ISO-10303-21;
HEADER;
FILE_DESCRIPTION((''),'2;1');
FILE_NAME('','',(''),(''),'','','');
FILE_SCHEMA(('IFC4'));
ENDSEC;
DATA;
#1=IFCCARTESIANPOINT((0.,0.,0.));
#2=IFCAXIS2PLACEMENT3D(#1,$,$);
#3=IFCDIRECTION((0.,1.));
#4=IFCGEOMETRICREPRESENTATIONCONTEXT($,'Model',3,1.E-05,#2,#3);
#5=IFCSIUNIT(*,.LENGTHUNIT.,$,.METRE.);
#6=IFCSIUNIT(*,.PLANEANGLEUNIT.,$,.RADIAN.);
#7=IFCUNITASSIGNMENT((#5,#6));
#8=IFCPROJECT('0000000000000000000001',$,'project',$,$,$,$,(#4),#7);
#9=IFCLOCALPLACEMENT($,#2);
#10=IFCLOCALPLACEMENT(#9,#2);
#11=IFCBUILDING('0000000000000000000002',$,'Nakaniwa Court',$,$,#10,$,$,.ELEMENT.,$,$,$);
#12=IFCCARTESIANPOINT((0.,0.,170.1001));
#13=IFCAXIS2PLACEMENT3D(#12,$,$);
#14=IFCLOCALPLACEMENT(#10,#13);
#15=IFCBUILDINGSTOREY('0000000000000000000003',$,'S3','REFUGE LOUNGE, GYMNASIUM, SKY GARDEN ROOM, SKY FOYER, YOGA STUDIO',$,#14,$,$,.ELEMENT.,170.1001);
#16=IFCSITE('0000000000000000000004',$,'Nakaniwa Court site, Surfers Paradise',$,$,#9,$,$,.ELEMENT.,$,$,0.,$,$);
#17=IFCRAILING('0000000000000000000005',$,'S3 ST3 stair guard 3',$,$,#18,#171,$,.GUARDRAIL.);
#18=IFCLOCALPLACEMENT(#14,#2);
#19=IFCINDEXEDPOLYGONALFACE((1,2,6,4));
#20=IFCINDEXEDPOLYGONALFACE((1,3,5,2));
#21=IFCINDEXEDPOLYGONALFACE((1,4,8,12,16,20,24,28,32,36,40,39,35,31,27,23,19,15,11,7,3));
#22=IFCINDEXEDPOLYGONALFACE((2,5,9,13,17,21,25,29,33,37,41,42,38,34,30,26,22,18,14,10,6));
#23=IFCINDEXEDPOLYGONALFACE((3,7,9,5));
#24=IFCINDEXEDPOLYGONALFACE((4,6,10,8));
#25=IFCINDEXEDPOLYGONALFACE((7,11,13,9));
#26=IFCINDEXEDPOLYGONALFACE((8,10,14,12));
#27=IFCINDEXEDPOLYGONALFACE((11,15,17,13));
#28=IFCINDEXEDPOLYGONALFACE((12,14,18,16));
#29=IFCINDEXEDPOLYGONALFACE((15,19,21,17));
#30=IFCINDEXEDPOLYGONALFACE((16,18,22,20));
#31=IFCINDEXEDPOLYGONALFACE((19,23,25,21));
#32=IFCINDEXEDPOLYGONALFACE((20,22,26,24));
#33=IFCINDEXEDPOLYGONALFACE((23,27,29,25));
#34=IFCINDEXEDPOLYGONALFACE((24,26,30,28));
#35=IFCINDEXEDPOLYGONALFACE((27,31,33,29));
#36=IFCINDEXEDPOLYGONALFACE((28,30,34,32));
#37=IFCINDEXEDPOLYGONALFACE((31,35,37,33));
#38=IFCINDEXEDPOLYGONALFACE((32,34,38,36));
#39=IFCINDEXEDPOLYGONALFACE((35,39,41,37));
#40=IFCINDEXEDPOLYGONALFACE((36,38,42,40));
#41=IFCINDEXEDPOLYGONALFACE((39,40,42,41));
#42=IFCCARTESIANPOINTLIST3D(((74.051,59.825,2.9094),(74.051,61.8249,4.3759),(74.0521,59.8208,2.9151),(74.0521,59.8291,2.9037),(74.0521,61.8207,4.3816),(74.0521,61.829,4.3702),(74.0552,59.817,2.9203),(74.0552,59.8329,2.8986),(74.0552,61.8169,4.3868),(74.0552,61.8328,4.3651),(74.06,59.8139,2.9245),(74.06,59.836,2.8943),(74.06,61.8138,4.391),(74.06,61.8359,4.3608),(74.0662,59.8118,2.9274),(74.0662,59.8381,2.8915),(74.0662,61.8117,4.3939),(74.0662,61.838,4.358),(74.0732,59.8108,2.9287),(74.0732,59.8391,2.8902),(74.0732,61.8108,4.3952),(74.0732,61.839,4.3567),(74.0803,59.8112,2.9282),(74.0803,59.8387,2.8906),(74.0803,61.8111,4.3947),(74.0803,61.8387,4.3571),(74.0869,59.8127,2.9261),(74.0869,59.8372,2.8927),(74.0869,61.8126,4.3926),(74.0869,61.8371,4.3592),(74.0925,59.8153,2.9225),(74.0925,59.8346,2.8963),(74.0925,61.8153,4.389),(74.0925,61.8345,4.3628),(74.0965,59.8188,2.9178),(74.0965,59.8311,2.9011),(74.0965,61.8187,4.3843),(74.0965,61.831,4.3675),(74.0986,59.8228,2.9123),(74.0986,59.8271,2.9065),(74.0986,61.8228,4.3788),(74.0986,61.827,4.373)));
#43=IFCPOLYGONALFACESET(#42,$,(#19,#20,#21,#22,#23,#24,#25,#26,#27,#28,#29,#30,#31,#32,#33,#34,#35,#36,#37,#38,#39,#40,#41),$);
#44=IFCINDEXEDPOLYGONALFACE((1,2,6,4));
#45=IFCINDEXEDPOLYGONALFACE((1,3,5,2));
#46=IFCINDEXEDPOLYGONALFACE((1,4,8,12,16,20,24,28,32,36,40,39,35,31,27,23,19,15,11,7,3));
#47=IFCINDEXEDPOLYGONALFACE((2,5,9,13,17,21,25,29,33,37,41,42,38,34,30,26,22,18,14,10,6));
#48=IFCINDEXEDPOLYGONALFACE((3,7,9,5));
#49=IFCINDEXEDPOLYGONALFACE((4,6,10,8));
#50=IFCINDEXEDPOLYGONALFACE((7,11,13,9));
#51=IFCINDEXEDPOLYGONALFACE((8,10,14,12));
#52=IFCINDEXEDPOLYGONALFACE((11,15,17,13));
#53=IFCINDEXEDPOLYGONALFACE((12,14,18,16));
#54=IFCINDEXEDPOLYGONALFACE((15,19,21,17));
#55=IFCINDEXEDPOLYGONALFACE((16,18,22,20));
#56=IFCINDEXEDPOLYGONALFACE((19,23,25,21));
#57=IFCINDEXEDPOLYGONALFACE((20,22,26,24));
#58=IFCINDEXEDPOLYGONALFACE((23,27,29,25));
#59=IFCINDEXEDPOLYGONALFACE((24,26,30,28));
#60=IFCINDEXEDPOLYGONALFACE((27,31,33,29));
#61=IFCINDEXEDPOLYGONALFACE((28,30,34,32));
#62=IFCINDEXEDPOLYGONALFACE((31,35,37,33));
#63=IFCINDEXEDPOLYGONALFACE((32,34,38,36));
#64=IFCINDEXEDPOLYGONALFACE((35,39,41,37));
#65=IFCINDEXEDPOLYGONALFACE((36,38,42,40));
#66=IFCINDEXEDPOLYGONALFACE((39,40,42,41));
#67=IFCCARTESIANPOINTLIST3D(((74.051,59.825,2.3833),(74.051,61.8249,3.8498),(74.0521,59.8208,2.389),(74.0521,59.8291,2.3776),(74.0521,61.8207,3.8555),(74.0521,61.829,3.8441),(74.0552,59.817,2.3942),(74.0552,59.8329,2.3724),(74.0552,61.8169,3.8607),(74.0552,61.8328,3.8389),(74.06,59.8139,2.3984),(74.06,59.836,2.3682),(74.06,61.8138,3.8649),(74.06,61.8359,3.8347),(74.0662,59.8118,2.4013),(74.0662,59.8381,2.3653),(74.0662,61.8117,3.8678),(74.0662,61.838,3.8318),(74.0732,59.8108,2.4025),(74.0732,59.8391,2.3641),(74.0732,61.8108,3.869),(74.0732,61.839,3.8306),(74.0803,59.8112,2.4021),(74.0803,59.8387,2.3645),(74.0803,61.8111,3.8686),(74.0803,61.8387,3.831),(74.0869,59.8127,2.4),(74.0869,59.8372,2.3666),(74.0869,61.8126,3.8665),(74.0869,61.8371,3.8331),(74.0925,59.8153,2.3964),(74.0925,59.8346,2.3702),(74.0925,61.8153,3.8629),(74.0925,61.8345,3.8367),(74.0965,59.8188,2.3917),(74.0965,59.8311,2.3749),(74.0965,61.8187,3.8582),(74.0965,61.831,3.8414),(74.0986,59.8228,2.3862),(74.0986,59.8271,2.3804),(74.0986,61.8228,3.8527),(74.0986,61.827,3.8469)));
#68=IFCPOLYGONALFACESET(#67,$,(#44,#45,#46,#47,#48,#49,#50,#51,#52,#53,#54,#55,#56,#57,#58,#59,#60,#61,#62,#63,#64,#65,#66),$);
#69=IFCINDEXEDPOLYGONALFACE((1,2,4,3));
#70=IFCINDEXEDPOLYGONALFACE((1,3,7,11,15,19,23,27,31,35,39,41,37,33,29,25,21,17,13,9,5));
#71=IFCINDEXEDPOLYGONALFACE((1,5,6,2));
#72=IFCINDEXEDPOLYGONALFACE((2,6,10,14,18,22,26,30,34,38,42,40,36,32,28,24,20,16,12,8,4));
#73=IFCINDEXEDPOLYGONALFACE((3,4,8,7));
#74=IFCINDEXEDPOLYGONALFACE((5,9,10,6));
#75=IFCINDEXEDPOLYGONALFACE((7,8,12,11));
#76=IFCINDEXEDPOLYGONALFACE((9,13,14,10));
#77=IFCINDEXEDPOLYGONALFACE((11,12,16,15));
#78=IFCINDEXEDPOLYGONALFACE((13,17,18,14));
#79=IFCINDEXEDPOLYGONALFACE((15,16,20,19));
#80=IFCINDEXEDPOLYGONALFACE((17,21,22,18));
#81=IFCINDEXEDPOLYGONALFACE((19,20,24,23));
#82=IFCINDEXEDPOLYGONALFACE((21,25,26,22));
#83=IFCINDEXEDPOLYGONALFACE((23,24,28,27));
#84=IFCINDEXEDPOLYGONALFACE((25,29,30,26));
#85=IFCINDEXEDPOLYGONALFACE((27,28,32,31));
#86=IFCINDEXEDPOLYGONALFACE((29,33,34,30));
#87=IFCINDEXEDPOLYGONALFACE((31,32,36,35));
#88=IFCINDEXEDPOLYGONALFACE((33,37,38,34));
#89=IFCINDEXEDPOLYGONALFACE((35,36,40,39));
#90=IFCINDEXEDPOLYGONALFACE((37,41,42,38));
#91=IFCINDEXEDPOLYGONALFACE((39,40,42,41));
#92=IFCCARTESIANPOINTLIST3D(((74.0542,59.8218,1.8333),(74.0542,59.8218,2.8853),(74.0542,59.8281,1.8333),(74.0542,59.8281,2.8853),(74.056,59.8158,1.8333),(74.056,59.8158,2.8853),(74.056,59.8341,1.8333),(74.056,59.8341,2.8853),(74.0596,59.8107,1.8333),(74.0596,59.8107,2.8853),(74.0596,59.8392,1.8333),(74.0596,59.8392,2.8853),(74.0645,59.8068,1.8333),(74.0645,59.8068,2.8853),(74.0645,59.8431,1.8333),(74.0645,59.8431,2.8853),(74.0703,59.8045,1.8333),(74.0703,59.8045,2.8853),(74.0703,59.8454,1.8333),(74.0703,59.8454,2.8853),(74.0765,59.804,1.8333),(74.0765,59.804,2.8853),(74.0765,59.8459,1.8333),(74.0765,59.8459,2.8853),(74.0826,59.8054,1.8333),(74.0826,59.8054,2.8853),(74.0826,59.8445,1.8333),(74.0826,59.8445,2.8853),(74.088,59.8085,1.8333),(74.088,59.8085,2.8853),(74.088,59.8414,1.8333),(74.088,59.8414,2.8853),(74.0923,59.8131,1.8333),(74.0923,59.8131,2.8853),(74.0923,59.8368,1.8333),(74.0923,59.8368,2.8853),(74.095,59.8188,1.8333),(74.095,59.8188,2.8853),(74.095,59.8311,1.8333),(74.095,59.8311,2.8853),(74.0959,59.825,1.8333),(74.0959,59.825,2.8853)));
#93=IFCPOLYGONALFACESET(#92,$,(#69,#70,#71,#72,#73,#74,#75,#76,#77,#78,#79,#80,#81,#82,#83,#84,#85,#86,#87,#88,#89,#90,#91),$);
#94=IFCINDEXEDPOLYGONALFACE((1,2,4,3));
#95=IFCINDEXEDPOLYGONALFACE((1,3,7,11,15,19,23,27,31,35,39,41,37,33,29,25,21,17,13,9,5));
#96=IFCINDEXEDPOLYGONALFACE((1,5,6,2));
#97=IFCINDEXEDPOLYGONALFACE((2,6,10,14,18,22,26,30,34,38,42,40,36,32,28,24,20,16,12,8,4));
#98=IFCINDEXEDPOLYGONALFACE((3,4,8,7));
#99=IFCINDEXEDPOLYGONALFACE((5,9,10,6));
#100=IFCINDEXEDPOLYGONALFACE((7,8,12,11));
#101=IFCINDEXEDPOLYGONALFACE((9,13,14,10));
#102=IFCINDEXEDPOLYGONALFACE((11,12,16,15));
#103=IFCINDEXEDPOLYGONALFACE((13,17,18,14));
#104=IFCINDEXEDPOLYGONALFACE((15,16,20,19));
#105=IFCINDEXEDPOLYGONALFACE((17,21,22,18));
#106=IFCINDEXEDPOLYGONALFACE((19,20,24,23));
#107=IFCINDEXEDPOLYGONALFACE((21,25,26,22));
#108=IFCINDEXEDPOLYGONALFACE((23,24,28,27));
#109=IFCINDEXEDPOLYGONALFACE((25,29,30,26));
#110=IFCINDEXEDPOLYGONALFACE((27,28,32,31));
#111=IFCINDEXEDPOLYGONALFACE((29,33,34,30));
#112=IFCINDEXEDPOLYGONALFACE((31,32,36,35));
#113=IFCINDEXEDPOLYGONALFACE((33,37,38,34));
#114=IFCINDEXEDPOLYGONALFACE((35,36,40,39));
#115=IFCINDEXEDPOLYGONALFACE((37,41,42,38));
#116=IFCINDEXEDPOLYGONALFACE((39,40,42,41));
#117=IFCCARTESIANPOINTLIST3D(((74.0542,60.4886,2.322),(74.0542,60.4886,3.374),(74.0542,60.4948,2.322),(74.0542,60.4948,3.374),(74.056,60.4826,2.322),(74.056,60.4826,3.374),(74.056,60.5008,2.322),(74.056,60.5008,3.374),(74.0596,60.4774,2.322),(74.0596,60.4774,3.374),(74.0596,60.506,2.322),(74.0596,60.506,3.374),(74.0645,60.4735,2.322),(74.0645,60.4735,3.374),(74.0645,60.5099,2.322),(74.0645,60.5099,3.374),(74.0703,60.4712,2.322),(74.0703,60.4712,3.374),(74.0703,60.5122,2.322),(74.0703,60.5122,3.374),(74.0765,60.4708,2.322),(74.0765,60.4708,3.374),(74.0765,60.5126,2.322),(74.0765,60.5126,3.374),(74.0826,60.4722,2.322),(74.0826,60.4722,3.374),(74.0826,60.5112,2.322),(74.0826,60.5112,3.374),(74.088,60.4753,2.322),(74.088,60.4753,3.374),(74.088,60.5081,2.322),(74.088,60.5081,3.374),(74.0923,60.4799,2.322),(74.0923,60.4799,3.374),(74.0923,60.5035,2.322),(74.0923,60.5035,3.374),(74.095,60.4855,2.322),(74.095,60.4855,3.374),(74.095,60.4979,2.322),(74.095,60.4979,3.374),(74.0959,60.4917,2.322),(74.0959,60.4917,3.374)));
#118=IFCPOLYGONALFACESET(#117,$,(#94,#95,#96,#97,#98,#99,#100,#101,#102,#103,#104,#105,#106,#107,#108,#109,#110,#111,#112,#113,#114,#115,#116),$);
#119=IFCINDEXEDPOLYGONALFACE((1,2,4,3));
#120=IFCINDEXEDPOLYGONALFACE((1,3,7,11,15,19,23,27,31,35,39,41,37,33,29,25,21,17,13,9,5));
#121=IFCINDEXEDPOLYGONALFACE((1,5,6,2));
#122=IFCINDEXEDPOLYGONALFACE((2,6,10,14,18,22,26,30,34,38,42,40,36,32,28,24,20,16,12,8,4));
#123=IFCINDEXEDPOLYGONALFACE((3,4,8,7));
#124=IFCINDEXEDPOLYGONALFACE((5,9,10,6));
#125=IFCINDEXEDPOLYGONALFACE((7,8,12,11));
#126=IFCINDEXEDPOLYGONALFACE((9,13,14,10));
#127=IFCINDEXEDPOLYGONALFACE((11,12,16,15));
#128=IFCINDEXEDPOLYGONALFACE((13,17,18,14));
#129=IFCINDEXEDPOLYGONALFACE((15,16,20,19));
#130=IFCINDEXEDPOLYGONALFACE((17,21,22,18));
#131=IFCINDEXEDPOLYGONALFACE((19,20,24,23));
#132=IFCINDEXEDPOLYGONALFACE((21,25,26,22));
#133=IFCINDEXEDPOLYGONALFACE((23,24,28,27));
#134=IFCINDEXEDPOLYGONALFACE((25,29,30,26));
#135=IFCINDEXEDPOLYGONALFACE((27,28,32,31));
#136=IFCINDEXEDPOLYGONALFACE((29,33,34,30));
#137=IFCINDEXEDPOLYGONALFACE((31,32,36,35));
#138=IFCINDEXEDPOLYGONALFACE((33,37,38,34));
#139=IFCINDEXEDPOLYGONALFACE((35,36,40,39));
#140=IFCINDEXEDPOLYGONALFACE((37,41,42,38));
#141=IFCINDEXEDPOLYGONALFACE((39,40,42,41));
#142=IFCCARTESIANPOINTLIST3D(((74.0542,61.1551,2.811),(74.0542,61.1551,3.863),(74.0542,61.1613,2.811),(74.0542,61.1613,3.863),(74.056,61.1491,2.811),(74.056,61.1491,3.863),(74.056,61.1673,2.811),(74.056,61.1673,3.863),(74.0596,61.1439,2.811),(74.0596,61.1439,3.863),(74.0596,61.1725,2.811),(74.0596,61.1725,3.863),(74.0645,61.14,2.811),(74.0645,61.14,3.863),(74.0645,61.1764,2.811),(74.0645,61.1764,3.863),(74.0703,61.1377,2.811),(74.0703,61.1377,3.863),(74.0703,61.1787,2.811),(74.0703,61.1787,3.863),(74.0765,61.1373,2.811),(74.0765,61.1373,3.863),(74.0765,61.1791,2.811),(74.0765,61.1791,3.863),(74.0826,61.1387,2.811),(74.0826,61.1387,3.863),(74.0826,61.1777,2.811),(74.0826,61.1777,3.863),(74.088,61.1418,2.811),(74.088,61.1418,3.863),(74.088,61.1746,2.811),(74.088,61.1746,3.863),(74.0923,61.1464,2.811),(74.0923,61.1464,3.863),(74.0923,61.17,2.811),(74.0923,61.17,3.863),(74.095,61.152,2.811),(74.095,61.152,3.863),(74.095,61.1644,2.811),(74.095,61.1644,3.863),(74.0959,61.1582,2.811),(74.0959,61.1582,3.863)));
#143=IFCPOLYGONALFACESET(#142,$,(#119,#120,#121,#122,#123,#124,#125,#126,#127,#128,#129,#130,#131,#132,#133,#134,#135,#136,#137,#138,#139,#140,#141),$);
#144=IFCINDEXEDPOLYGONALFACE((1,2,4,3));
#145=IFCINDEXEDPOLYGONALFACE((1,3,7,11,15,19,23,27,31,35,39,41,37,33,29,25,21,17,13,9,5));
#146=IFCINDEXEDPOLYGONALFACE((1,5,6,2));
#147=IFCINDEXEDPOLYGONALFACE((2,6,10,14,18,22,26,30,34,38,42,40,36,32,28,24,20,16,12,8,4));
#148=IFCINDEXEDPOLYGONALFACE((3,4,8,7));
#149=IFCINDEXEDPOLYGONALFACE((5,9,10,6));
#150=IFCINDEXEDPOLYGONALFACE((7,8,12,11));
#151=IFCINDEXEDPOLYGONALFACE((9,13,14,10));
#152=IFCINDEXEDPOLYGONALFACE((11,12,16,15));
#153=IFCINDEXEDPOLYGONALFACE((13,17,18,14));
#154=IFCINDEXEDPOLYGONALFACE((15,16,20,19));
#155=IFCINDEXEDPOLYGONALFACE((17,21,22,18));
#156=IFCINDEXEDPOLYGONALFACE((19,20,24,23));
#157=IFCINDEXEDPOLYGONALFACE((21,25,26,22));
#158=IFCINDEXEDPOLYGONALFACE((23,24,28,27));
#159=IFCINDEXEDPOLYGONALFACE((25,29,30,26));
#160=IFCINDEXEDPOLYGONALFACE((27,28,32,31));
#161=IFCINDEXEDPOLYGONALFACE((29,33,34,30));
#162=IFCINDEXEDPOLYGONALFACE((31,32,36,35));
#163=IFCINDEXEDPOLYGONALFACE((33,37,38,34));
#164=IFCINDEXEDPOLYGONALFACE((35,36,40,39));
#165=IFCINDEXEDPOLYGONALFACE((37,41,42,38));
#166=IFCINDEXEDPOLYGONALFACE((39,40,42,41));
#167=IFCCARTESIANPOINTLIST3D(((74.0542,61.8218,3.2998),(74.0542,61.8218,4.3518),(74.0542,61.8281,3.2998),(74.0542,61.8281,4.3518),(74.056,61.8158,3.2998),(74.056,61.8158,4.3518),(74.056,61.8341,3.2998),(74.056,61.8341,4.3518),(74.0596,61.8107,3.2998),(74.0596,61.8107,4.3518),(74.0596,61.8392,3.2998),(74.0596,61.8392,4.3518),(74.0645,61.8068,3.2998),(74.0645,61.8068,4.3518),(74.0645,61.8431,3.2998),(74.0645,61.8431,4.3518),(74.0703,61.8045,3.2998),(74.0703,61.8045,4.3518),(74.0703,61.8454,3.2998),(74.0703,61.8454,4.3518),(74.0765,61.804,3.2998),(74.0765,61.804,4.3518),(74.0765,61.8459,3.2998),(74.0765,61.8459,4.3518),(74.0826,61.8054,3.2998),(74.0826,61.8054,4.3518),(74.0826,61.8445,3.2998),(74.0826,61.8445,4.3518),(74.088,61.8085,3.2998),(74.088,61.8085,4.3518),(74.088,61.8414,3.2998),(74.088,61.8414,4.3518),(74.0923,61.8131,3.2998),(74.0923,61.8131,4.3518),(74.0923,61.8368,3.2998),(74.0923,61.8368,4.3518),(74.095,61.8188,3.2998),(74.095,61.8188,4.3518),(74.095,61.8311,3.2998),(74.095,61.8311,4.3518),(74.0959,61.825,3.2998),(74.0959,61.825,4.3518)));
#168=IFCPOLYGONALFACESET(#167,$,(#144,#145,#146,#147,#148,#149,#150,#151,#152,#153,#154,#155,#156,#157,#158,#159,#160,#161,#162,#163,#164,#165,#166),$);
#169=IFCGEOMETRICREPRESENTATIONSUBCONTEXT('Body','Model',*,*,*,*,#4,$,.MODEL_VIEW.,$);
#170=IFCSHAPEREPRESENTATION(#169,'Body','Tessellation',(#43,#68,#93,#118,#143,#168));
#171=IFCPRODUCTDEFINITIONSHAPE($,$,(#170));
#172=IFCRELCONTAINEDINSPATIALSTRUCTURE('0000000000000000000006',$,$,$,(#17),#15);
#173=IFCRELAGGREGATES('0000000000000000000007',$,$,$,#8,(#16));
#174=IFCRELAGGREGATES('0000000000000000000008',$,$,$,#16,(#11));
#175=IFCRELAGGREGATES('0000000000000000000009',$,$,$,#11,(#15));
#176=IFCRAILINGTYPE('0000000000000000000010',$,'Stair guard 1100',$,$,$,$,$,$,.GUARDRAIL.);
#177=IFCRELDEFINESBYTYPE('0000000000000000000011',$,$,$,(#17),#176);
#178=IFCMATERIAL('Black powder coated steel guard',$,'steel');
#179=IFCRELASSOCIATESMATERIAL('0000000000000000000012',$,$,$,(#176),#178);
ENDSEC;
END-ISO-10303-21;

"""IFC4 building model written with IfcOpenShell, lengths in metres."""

from ifc_helpers import new_model, si_unit, direction, frame, origin, origin_2d, place, context, subcontext, project, spatial, circle, extrude, material, type_object, element, save


model = new_model("IFC4")

# Units and contexts
model_context = context("Model", 3, precision=1e-05, world=origin(), true_north=direction((0.0, 1.0)))
body_context = subcontext(model_context, "Body", "Model", "MODEL_VIEW")
ifc_project = project(units=[si_unit("LENGTHUNIT", "METRE"), si_unit("PLANEANGLEUNIT", "RADIAN")], contexts=[model_context])

# Site, building, storey
site_placement = place(None, origin())
site = spatial("IfcSite", under=ifc_project, at=site_placement, Name="Nakaniwa Court site, Surfers Paradise", CompositionType="ELEMENT", RefElevation=0.0)
building_placement = place(site_placement, origin())
building = spatial("IfcBuilding", under=site, at=building_placement, Name="Nakaniwa Court", CompositionType="ELEMENT")
storey_placement = place(building_placement, frame((0.0, 0.0, 170.1001)))
storey = spatial("IfcBuildingStorey", under=building, at=storey_placement, Name="S3", Description="REFUGE LOUNGE, GYMNASIUM, SKY GARDEN ROOM, SKY FOYER, YOGA STUDIO", CompositionType="ELEMENT", Elevation=170.1001)

# Railing
ifc_material_1 = material(Name="Black powder coated steel guard", Category="steel")
railing_type_1 = type_object("IfcRailingType", Name="Stair guard 1100", PredefinedType="GUARDRAIL", material=ifc_material_1)
railing_1_placement = place(storey_placement, frame((74.075, 59.825, 1.8333)))
element("IfcRailing", 1, at=railing_1_placement, inside=storey, type_object=railing_type_1, Name="S3 ST3 stair guard 3", PredefinedType="GUARDRAIL", context=body_context, shape_type="SweptSolid", body=[
    extrude(circle(Radius=0.0239, at=origin_2d()), frame((0.0, 0.0, 1.0762), z_axis=(0.0, 0.806427, 0.591334), x_axis=(-1.0, 0.0, 0.0)), (0.0, 0.0, 1.0), 2.48),
    extrude(circle(Radius=0.0239, at=origin_2d()), frame((0.0, 0.0, 0.55), z_axis=(0.0, 0.806427, 0.591334), x_axis=(-1.0, 0.0, 0.0)), (0.0, 0.0, 1.0), 2.48),
    extrude(circle(Radius=0.021, at=origin_2d()), origin(), (0.0, 0.0, 1.0), 1.052),
    extrude(circle(Radius=0.021, at=origin_2d()), frame((0.0, 0.6667, 0.4888)), (0.0, 0.0, 1.0), 1.052),
    extrude(circle(Radius=0.021, at=origin_2d()), frame((0.0, 1.3333, 0.9778)), (0.0, 0.0, 1.0), 1.052),
    extrude(circle(Radius=0.021, at=origin_2d()), frame((0.0, 2.0, 1.4666)), (0.0, 0.0, 1.0), 1.052),
])

save(model, "model.ifc")
